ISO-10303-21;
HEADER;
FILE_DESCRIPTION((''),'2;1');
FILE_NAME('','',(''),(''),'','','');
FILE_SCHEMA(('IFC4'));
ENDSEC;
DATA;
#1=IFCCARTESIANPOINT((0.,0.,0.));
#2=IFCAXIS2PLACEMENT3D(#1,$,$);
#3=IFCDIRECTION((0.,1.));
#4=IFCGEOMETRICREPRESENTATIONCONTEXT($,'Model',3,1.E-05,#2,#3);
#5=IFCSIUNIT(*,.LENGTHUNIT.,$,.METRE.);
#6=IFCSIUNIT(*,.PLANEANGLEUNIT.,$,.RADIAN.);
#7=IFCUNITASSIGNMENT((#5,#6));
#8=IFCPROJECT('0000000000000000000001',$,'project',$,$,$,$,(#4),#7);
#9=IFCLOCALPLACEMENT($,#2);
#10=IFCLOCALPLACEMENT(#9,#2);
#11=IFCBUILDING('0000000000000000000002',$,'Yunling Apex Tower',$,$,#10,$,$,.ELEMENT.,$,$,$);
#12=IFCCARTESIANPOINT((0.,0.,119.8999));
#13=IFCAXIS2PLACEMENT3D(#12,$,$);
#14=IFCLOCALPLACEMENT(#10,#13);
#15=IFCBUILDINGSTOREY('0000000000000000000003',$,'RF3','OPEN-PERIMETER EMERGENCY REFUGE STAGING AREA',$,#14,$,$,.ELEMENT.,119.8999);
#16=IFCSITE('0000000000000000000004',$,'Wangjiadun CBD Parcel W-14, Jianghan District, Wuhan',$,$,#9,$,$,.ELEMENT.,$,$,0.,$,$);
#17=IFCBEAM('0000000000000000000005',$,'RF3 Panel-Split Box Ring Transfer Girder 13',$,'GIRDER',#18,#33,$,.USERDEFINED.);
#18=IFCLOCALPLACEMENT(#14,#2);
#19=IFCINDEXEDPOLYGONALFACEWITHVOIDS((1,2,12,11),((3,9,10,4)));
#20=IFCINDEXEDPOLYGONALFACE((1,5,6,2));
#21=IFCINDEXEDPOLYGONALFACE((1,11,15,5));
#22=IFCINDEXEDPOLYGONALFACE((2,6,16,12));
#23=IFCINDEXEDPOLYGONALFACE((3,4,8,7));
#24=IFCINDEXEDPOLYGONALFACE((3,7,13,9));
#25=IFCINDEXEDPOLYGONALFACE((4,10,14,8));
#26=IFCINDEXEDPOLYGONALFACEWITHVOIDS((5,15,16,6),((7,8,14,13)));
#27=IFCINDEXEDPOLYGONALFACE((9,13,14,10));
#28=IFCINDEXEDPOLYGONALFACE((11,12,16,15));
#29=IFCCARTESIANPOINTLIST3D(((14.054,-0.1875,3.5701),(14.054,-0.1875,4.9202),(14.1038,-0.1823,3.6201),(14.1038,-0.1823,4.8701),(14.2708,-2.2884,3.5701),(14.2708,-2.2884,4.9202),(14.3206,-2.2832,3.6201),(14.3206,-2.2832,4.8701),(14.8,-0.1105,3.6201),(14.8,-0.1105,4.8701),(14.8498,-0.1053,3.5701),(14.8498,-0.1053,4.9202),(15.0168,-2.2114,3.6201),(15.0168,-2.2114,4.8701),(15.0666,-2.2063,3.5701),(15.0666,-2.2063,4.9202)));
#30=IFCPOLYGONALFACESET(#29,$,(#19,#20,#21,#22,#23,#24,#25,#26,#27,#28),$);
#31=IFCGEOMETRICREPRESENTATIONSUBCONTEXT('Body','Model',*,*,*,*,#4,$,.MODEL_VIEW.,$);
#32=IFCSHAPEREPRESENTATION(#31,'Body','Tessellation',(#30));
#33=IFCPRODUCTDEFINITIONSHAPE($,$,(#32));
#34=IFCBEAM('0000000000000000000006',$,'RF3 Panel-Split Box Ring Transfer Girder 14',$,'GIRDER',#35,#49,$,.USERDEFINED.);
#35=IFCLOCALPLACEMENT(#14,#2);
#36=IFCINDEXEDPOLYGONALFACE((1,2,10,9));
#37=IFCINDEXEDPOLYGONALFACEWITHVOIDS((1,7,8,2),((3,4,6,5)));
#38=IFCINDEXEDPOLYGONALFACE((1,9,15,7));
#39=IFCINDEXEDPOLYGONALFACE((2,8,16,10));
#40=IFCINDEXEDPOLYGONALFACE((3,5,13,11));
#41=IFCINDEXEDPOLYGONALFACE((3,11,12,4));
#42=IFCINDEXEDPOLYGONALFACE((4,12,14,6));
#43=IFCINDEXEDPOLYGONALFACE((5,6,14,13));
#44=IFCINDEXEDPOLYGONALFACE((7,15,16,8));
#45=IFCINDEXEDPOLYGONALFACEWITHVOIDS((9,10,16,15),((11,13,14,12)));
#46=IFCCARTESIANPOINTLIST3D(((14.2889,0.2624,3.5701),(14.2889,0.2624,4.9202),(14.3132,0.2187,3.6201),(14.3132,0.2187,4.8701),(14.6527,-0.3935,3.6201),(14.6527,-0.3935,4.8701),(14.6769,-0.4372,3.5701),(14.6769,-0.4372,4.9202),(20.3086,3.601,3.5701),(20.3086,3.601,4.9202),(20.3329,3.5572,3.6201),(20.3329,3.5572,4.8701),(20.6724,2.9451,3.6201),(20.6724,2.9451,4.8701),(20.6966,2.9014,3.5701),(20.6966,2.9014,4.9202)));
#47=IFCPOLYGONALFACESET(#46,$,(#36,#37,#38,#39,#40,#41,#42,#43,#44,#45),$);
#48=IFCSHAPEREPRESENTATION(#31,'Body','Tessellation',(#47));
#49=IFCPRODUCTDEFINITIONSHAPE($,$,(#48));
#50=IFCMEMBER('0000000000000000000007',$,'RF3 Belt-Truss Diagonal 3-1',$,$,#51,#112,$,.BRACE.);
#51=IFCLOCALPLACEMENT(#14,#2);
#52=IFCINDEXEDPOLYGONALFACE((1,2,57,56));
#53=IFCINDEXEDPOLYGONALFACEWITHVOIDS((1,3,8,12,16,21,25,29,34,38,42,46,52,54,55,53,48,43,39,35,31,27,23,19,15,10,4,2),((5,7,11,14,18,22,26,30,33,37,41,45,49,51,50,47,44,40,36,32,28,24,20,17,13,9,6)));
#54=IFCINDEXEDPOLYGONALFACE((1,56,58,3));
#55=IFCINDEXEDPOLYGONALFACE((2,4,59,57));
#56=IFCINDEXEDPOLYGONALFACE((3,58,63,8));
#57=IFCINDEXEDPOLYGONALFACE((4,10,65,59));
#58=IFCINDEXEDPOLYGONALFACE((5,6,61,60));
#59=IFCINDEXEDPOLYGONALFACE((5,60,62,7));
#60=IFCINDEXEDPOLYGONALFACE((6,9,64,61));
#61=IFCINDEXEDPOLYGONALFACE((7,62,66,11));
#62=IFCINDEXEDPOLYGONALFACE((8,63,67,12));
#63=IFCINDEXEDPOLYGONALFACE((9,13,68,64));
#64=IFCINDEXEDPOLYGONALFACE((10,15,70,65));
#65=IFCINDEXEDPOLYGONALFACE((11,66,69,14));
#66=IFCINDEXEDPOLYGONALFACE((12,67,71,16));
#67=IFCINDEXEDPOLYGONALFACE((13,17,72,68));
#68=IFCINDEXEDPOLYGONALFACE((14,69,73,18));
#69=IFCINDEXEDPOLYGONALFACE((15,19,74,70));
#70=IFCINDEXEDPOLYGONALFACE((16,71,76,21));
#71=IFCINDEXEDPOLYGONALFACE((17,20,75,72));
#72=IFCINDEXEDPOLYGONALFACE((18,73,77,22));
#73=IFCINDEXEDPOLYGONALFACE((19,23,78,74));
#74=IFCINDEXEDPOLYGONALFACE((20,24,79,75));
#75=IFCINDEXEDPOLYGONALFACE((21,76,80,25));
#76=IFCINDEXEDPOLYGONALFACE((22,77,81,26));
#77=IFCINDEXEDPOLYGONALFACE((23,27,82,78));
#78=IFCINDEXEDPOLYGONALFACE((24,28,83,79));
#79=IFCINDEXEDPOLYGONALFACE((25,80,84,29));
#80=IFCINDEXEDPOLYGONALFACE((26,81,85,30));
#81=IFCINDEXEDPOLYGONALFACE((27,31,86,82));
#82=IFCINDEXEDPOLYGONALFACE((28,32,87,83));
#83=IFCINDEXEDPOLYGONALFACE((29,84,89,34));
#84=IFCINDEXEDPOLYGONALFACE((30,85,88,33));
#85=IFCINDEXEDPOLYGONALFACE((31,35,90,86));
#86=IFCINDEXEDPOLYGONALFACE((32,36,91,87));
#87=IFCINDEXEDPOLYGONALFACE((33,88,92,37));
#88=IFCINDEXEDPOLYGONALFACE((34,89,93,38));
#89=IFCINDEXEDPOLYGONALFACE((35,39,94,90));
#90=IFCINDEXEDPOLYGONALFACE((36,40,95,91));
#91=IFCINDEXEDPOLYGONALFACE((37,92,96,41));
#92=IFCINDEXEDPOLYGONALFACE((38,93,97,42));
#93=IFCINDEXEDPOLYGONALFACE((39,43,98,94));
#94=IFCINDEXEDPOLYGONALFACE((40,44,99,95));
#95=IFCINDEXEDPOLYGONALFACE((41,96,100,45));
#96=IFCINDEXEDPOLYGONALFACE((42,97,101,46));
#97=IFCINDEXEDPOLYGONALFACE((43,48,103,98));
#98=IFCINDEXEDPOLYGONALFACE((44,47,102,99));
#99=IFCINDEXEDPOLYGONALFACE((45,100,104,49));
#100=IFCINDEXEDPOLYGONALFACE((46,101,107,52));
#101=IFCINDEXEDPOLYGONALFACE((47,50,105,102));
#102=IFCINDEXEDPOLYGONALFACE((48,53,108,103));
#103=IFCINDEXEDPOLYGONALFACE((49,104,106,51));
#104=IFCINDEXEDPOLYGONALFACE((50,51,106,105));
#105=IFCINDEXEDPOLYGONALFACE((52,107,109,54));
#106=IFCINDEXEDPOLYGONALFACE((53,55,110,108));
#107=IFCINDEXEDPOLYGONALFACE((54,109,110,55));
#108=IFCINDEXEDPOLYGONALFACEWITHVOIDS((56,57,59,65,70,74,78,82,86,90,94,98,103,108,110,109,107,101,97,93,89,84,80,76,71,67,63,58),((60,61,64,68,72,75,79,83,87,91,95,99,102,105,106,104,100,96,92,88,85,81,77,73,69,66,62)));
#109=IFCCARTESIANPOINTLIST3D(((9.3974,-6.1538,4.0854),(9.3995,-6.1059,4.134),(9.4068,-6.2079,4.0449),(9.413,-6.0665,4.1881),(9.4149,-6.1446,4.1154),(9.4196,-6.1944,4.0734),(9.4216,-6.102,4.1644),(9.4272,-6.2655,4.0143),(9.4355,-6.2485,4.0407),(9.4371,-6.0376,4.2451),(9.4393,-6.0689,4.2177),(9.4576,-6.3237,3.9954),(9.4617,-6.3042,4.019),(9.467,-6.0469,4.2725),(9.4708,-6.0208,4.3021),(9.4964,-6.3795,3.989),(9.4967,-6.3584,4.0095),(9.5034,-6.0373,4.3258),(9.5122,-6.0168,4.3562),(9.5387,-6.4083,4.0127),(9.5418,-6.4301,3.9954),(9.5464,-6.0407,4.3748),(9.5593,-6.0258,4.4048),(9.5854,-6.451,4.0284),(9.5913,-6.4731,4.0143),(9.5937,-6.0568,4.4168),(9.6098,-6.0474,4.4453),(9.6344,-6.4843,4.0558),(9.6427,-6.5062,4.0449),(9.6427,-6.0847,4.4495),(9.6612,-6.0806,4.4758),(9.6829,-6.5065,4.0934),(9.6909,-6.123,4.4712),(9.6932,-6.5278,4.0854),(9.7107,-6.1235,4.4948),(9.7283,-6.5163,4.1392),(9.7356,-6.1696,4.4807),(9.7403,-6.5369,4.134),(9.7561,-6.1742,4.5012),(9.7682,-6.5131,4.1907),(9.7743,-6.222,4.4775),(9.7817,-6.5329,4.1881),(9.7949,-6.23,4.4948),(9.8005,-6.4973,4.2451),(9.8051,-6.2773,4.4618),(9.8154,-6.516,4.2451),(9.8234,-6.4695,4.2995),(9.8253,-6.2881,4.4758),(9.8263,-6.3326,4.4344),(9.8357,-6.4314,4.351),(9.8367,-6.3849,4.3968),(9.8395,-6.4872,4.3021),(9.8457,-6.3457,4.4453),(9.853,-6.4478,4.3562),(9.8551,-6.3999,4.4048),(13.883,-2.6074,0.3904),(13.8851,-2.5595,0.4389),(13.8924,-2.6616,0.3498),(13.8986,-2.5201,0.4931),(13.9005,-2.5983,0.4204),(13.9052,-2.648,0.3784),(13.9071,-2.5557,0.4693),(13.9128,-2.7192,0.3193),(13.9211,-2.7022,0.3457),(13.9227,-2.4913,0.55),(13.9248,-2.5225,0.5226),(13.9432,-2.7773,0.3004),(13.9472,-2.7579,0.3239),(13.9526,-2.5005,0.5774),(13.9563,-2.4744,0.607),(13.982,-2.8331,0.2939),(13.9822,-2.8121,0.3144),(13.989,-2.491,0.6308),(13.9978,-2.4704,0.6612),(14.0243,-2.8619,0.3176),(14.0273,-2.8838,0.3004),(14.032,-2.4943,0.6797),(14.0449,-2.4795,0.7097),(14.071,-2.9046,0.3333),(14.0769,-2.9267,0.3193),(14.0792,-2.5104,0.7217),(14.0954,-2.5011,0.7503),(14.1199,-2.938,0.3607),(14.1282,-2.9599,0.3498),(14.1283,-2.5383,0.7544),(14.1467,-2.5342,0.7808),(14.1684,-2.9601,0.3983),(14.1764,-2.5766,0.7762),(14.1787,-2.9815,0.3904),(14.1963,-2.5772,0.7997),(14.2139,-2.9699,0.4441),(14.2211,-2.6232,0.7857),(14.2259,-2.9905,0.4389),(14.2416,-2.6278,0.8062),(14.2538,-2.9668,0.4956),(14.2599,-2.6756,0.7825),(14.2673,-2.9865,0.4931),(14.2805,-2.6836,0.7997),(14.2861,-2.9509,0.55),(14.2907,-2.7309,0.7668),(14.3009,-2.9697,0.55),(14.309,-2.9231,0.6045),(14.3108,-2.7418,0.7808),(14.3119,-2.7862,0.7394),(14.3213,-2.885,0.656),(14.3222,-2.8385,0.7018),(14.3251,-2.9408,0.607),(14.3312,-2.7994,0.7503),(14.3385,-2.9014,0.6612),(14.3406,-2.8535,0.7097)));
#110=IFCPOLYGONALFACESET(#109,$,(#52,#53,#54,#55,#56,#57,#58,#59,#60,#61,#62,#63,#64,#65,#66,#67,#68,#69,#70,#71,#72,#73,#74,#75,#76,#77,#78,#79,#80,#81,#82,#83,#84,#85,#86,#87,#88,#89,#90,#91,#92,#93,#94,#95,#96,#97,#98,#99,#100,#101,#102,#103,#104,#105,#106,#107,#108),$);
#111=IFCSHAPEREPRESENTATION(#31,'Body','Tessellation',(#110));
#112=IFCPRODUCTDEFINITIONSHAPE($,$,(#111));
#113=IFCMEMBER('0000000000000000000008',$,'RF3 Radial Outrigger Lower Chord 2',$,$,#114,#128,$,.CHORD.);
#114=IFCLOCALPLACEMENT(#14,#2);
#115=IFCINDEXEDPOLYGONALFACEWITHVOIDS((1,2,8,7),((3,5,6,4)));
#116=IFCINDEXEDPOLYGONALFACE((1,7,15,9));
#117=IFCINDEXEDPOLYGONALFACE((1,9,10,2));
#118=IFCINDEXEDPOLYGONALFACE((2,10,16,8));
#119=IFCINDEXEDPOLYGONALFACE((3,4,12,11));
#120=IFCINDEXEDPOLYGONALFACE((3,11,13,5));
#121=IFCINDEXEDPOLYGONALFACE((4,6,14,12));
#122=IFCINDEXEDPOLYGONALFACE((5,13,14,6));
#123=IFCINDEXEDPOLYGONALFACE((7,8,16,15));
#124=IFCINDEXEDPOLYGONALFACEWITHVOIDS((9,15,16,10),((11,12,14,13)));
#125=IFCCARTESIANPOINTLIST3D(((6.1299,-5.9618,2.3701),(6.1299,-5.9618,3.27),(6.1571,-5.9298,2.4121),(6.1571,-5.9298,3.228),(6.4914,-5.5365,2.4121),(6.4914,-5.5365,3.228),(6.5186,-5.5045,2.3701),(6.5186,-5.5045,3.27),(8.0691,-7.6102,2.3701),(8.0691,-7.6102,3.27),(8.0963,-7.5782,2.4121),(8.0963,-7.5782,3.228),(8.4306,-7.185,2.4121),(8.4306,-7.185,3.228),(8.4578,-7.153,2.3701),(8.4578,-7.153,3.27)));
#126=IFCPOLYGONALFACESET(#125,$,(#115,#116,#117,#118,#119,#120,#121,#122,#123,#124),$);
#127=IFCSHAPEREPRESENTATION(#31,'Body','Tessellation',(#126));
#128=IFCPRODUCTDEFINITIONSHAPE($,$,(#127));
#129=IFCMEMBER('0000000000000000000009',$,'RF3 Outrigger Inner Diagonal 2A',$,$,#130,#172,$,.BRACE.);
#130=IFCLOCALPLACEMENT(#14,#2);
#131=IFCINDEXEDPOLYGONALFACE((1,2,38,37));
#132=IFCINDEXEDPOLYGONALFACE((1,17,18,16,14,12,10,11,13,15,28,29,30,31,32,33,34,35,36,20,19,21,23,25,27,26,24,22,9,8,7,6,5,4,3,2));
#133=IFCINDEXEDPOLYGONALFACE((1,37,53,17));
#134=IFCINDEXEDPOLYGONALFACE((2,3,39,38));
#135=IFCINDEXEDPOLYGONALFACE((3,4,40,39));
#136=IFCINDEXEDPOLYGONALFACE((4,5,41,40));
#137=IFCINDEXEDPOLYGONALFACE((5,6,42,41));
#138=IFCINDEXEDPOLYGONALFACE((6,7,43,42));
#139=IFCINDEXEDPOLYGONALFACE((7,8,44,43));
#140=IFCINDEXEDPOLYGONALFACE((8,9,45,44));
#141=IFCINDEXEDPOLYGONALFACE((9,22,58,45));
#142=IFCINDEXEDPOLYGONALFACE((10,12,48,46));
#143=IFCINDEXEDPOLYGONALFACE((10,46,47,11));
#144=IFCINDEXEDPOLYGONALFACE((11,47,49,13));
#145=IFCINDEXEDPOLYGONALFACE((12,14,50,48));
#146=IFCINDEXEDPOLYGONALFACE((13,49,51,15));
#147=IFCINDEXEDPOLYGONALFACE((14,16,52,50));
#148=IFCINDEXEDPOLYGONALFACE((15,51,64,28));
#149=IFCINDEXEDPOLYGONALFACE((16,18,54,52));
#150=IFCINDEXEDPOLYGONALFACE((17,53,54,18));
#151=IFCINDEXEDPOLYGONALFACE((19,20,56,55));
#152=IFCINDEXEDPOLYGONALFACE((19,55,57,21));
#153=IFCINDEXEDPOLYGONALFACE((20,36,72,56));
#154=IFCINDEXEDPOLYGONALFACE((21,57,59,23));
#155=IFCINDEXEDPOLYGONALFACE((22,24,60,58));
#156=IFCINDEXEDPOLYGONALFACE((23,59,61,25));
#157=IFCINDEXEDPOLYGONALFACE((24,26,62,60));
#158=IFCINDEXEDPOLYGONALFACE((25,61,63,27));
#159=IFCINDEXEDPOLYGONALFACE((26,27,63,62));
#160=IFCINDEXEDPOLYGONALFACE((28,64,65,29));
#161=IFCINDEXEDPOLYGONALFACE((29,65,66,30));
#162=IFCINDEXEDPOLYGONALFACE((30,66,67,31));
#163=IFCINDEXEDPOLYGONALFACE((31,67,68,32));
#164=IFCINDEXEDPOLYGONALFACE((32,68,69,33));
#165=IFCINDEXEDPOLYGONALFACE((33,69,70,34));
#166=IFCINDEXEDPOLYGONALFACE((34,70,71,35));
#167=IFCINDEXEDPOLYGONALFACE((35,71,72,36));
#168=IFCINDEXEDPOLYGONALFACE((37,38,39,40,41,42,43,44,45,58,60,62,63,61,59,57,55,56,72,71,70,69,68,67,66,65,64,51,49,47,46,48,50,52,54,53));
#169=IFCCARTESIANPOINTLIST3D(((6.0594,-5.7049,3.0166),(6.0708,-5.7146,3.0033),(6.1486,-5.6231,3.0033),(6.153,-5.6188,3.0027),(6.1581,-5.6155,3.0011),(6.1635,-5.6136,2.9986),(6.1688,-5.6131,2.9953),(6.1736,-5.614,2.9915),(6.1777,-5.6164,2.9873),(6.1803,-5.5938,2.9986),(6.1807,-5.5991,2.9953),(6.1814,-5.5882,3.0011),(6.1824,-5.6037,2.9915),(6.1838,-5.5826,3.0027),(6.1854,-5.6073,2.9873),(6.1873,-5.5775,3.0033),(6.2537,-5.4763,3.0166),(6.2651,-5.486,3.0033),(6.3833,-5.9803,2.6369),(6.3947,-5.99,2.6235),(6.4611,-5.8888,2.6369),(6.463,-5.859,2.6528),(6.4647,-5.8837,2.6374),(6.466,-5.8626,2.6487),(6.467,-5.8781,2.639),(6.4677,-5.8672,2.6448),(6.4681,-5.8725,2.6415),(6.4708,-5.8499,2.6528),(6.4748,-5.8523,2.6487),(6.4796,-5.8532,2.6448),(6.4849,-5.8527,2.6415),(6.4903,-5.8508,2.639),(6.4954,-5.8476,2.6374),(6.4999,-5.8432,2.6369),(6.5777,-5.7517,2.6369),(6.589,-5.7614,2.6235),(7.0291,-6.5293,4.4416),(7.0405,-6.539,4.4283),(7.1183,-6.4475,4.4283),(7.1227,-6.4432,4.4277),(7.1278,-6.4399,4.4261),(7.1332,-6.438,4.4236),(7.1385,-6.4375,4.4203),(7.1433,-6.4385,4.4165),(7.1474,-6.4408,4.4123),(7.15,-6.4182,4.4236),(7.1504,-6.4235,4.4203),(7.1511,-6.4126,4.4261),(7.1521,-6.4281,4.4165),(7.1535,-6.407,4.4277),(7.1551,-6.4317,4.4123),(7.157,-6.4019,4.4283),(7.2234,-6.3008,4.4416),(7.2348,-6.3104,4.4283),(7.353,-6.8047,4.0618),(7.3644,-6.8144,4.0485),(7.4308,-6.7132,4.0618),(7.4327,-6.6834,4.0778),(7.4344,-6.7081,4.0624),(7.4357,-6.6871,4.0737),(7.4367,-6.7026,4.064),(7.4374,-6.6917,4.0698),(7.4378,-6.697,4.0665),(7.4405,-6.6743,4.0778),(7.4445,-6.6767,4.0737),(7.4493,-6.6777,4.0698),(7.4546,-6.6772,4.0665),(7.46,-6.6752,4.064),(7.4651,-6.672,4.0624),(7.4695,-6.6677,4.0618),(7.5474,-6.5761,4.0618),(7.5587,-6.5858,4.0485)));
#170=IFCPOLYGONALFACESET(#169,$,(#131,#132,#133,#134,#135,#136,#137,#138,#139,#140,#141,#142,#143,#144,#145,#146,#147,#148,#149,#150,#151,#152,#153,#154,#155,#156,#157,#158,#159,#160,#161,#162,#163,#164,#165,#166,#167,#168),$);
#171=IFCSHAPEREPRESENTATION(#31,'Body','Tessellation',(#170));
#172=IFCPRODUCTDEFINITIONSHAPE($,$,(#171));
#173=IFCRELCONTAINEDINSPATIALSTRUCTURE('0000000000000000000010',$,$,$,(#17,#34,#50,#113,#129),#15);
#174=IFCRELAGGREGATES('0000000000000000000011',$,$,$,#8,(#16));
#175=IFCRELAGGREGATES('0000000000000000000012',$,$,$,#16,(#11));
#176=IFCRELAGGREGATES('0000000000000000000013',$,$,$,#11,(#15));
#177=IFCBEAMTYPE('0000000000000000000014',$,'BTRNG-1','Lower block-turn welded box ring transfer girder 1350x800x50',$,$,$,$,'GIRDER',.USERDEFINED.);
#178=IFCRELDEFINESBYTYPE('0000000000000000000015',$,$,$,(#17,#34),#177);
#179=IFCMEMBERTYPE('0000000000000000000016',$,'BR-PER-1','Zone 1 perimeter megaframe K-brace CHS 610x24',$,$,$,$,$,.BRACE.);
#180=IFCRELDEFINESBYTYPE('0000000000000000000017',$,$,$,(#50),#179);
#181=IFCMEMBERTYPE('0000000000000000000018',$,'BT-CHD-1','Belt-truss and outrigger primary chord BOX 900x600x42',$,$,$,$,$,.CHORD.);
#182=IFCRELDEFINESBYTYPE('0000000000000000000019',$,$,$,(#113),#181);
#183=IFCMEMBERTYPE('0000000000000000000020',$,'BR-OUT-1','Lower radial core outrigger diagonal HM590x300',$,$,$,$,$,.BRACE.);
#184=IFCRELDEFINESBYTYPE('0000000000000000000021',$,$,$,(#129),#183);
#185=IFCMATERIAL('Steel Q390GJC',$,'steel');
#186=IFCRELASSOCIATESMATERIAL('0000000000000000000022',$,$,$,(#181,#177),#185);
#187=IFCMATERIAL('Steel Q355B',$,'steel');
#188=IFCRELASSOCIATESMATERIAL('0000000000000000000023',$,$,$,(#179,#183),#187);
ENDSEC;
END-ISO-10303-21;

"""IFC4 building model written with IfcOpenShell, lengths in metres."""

from ifc_helpers import new_model, si_unit, direction, frame, origin, origin_2d, place, context, subcontext, project, spatial, hollow_rectangle, hollow_circle, i_section, extrude, source, transform, mapped, material, material_profile, profile_set, type_object, element, save


model = new_model("IFC4")

# Units and contexts
model_context = context("Model", 3, precision=1e-05, world=origin(), true_north=direction((0.0, 1.0)))
body_context = subcontext(model_context, "Body", "Model", "MODEL_VIEW")
ifc_project = project(units=[si_unit("LENGTHUNIT", "METRE"), si_unit("PLANEANGLEUNIT", "RADIAN")], contexts=[model_context])

# Site, building, storey
site_placement = place(None, origin())
site = spatial("IfcSite", under=ifc_project, at=site_placement, Name="Wangjiadun CBD Parcel W-14, Jianghan District, Wuhan", CompositionType="ELEMENT", RefElevation=0.0)
building_placement = place(site_placement, origin())
building = spatial("IfcBuilding", under=site, at=building_placement, Name="Yunling Apex Tower", CompositionType="ELEMENT")
storey_placement = place(building_placement, frame((0.0, 0.0, 119.8999)))
storey = spatial("IfcBuildingStorey", under=building, at=storey_placement, Name="RF3", Description="OPEN-PERIMETER EMERGENCY REFUGE STAGING AREA", CompositionType="ELEMENT", Elevation=119.8999)

# Shared definitions
ifc_material_1 = material(Name="Steel Q390GJC", Category="steel")

# Shared definitions
ifc_material_2 = material(Name="Steel Q355B", Category="steel")

# Shared definitions
ifc_material_profile_1 = material_profile(ifc_material_1, hollow_rectangle(XDim=0.6001, YDim=0.8999, WallThickness=0.042, at=origin_2d()))
ifc_profile_set_1 = profile_set([ifc_material_profile_1], Name="Steel Q390GJC")
member_type_1 = type_object("IfcMemberType", Name="BT-CHD-1", Description="Belt-truss and outrigger primary chord BOX 900x600x42", PredefinedType="CHORD", material=ifc_profile_set_1)

# Beams
ifc_material_profile_2 = material_profile(ifc_material_1, hollow_rectangle(XDim=0.8, YDim=1.3501, WallThickness=0.05, at=origin_2d()))
ifc_profile_set_2 = profile_set([ifc_material_profile_2], Name="Steel Q390GJC")
beam_type_1 = type_object("IfcBeamType", Name="BTRNG-1", Description="Lower block-turn welded box ring transfer girder 1350x800x50", ElementType="GIRDER", PredefinedType="USERDEFINED", material=ifc_profile_set_2)
shared_shape_1 = source(origin(), body_context, "Body", "SweptSolid", [
    extrude(hollow_rectangle(XDim=0.8, YDim=1.3501, WallThickness=0.05, at=origin_2d()), origin(), (0.0, 0.0, 1.0), 2.1121),
])
beam_1_placement = place(storey_placement, frame((14.6687, -2.2473, 4.2451), z_axis=(-0.102651, 0.994717, 0.0), x_axis=(-0.994717, -0.102651, 0.0)))
element("IfcBeam", 1, at=beam_1_placement, inside=storey, type_object=beam_type_1, Name="RF3 Panel-Split Box Ring Transfer Girder 13", ObjectType="GIRDER", PredefinedType="USERDEFINED", context=body_context, shape_type="MappedRepresentation", body=[
    mapped(shared_shape_1, transform((0.0, 0.0, 0.0), scale=1.0)),
])
shared_shape_2 = source(origin(), body_context, "Body", "SweptSolid", [
    extrude(hollow_rectangle(XDim=0.8, YDim=1.3501, WallThickness=0.05, at=origin_2d()), origin(), (0.0, 0.0, 1.0), 6.8835),
])
beam_2_placement = place(storey_placement, frame((14.4829, -0.0874, 4.2451), z_axis=(0.874508, 0.48501, 0.0), x_axis=(-0.48501, 0.874508, 0.0)))
element("IfcBeam", 2, at=beam_2_placement, inside=storey, type_object=beam_type_1, Name="RF3 Panel-Split Box Ring Transfer Girder 14", ObjectType="GIRDER", PredefinedType="USERDEFINED", context=body_context, shape_type="MappedRepresentation", body=[
    mapped(shared_shape_2, transform((0.0, 0.0, 0.0), scale=1.0)),
])

# Members
ifc_material_profile_3 = material_profile(ifc_material_2, hollow_circle(Radius=0.3049, WallThickness=0.0239, at=origin_2d()))
ifc_profile_set_3 = profile_set([ifc_material_profile_3], Name="Steel Q355B")
member_type_2 = type_object("IfcMemberType", Name="BR-PER-1", Description="Zone 1 perimeter megaframe K-brace CHS 610x24", PredefinedType="BRACE", material=ifc_profile_set_3)
shared_shape_3 = source(origin(), body_context, "Body", "SweptSolid", [
    extrude(hollow_circle(Radius=0.3049, WallThickness=0.0239, at=origin_2d()), origin(), (0.0, 0.0, 1.0), 6.8081),
])
member_1_placement = place(storey_placement, frame((14.1118, -2.7305, 0.55), z_axis=(-0.658856, -0.520903, 0.542742), x_axis=(0.620196, -0.784447, 0.0)))
element("IfcMember", 3, at=member_1_placement, inside=storey, type_object=member_type_2, Name="RF3 Belt-Truss Diagonal 3-1", PredefinedType="BRACE", context=body_context, shape_type="MappedRepresentation", body=[
    mapped(shared_shape_3, transform((0.0, 0.0, 0.0), scale=1.0)),
])
shared_shape_4 = source(origin(), body_context, "Body", "SweptSolid", [
    extrude(hollow_rectangle(XDim=0.6001, YDim=0.8999, WallThickness=0.042, at=origin_2d()), origin(), (0.0, 0.0, 1.0), 2.5452),
])
member_2_placement = place(storey_placement, frame((6.3242, -5.7332, 2.8201), z_axis=(0.761918, -0.647673, 0.0), x_axis=(0.647673, 0.761918, 0.0)))
element("IfcMember", 4, at=member_2_placement, inside=storey, type_object=member_type_1, Name="RF3 Radial Outrigger Lower Chord 2", PredefinedType="CHORD", context=body_context, shape_type="MappedRepresentation", body=[
    mapped(shared_shape_4, transform((0.0, 0.0, 0.0), scale=1.0)),
])
ifc_material_profile_4 = material_profile(ifc_material_2, i_section(OverallWidth=0.3, OverallDepth=0.5901, WebThickness=0.012, FlangeThickness=0.02, FilletRadius=0.0239, at=origin_2d()))
ifc_profile_set_4 = profile_set([ifc_material_profile_4], Name="Steel Q355B")
member_type_3 = type_object("IfcMemberType", Name="BR-OUT-1", Description="Lower radial core outrigger diagonal HM590x300", PredefinedType="BRACE", material=ifc_profile_set_4)
shared_shape_5 = source(origin(), body_context, "Body", "SweptSolid", [
    extrude(i_section(OverallWidth=0.3, OverallDepth=0.5901, WebThickness=0.012, FlangeThickness=0.02, FilletRadius=0.0239, at=origin_2d()), origin(), (0.0, 0.0, 1.0), 1.9106),
])
member_3_placement = place(storey_placement, frame((6.3242, -5.7332, 2.8201), z_axis=(0.507517, -0.431492, 0.745815), x_axis=(0.647737, 0.761864, 0.0)))
element("IfcMember", 5, at=member_3_placement, inside=storey, type_object=member_type_3, Name="RF3 Outrigger Inner Diagonal 2A", PredefinedType="BRACE", context=body_context, shape_type="MappedRepresentation", body=[
    mapped(shared_shape_5, transform((0.0, 0.0, 0.0), scale=1.0)),
])

save(model, "model.ifc")
